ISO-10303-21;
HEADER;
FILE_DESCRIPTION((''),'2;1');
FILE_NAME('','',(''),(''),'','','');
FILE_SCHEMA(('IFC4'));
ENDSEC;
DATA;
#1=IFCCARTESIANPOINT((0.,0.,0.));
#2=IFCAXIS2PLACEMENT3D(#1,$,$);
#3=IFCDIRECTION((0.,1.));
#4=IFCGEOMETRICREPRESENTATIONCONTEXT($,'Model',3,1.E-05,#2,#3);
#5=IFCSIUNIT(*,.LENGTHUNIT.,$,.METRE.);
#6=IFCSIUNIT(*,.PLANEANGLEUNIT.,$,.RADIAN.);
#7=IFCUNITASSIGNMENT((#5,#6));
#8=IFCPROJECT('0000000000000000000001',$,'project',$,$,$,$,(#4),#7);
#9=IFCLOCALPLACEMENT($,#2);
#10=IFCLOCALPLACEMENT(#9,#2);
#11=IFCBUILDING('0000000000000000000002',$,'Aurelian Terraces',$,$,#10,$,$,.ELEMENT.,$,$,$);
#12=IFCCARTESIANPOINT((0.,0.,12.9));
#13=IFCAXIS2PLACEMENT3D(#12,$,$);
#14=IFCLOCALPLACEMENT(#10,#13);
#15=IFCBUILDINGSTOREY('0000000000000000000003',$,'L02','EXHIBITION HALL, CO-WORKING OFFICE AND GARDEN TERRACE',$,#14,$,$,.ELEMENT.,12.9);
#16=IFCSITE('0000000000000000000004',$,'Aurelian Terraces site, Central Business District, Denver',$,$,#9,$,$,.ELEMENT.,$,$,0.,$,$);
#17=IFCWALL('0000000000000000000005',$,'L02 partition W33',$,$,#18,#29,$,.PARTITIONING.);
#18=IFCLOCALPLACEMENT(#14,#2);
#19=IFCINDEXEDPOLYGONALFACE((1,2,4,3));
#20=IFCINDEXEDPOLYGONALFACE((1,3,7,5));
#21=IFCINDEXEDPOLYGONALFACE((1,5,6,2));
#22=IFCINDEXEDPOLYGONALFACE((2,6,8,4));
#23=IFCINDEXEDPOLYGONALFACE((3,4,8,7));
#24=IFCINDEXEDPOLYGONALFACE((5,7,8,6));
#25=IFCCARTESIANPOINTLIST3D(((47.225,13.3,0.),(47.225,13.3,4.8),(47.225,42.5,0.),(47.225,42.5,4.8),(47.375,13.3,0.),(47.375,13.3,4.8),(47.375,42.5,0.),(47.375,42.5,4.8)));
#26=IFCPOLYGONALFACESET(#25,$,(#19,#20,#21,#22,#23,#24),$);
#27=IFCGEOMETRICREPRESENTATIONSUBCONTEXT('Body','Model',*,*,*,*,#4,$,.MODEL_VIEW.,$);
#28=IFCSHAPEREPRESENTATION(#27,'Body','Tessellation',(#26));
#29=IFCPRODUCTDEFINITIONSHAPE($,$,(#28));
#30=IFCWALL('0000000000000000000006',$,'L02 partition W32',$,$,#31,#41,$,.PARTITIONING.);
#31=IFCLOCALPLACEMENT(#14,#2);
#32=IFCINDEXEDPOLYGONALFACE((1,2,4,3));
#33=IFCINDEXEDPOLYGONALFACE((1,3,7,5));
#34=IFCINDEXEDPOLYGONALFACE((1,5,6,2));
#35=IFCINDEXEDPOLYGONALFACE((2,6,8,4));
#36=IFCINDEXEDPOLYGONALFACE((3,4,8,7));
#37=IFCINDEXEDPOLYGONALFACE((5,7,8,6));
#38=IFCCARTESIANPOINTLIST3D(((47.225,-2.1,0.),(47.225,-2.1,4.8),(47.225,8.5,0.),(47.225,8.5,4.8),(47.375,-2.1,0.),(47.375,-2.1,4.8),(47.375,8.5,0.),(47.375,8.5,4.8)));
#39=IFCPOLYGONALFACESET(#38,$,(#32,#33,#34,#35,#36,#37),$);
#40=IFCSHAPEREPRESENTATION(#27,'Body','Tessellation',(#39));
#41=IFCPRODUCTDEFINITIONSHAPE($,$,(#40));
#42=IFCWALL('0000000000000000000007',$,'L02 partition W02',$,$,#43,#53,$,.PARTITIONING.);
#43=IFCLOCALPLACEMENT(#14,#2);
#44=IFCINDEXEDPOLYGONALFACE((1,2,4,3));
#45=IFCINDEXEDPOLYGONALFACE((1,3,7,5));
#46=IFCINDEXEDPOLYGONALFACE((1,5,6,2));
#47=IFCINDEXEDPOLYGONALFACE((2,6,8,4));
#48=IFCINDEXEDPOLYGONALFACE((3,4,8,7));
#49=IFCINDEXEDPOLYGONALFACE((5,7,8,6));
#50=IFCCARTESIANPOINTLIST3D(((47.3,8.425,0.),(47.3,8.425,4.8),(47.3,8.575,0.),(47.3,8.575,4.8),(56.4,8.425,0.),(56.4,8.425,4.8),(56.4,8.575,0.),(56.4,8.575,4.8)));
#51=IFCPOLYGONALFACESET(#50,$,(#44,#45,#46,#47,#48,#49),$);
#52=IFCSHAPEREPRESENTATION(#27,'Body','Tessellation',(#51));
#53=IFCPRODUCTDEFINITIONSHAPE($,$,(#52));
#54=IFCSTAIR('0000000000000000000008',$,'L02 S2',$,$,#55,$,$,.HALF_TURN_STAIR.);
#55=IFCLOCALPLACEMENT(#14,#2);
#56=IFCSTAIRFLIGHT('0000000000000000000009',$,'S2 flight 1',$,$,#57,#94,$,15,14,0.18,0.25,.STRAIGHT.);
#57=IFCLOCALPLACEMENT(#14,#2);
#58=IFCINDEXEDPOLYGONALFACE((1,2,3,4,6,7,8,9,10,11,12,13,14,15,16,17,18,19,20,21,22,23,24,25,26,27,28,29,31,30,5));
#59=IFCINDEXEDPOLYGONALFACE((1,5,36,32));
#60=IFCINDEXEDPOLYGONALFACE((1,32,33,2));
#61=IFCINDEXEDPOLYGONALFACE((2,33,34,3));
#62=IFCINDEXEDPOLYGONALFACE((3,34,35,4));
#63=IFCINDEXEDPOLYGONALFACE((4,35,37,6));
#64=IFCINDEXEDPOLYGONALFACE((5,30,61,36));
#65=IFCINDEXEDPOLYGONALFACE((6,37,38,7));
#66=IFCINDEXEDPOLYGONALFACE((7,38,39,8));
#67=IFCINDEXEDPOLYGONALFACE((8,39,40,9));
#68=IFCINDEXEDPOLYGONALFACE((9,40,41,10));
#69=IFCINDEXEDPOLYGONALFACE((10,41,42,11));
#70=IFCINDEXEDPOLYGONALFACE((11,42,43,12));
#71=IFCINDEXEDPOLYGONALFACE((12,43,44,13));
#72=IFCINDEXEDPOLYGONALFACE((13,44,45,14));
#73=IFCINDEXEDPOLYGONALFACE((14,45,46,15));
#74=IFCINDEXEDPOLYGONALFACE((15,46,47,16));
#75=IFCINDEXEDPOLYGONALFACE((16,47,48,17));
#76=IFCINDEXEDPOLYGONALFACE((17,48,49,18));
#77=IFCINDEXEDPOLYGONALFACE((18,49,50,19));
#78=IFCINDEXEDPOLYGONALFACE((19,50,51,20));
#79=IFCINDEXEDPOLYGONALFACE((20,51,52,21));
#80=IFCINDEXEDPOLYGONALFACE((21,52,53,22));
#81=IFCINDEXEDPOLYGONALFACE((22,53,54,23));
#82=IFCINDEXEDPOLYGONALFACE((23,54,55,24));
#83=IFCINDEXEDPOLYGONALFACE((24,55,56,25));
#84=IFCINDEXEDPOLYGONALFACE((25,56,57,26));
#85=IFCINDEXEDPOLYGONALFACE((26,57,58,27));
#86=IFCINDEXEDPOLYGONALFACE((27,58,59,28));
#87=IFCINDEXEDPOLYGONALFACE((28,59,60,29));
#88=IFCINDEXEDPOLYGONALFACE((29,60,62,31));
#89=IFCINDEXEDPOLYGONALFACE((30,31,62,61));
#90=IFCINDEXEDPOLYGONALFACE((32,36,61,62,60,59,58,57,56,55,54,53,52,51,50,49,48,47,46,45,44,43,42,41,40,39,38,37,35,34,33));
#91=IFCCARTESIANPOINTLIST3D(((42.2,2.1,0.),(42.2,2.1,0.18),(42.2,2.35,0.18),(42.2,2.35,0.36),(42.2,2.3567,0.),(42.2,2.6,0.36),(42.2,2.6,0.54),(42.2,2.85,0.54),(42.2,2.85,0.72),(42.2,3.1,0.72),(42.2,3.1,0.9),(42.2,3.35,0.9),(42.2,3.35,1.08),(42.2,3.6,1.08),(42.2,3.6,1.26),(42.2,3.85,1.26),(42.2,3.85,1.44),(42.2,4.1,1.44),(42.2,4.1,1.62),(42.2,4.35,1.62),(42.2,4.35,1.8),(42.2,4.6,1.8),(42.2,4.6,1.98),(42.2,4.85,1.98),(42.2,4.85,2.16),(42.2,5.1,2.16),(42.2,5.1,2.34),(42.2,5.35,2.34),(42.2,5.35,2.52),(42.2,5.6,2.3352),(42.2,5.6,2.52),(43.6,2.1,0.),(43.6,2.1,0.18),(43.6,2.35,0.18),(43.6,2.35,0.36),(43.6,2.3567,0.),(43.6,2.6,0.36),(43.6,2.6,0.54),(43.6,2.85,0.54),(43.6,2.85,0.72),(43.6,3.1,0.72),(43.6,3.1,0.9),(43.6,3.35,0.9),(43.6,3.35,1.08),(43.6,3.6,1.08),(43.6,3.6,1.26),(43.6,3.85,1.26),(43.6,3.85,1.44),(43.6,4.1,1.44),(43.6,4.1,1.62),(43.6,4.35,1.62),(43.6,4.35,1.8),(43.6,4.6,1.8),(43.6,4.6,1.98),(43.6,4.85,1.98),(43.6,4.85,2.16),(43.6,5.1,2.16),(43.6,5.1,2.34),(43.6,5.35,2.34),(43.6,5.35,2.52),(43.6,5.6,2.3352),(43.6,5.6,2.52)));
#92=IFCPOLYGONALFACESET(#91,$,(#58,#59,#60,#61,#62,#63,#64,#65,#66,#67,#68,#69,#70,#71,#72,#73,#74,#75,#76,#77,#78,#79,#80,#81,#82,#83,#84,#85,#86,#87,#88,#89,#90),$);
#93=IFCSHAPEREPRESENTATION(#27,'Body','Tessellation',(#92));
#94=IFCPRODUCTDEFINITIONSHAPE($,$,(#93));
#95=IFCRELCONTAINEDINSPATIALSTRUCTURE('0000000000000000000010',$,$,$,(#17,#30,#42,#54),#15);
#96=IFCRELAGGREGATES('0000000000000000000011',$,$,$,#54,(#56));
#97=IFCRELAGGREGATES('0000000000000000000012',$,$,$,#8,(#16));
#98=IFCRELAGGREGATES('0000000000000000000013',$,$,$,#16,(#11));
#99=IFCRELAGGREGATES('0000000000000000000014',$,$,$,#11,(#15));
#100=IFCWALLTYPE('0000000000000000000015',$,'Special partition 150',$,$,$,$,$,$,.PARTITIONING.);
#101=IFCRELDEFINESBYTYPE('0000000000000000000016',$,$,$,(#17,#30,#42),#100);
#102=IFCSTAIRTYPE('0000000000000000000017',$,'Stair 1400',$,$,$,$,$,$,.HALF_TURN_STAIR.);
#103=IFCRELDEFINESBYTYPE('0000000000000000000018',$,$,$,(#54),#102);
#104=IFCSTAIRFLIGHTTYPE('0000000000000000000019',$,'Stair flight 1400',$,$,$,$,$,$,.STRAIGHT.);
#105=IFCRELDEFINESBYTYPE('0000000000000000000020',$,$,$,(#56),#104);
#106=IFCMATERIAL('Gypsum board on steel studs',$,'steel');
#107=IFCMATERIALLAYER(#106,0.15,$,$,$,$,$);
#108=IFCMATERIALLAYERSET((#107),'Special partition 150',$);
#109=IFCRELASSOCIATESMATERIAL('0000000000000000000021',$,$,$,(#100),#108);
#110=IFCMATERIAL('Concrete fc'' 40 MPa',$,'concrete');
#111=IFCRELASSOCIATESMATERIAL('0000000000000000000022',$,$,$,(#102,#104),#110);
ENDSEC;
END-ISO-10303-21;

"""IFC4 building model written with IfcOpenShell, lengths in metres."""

from ifc_helpers import new_model, si_unit, direction, frame, frame_2d, origin, place, context, subcontext, project, spatial, polyline, rectangle, outline, extrude, source, transform, mapped, material, layer, layer_set, type_object, element, aggregate, save


model = new_model("IFC4")

# Units and contexts
model_context = context("Model", 3, precision=1e-05, world=origin(), true_north=direction((0.0, 1.0)))
body_context = subcontext(model_context, "Body", "Model", "MODEL_VIEW")
ifc_project = project(units=[si_unit("LENGTHUNIT", "METRE"), si_unit("PLANEANGLEUNIT", "RADIAN")], contexts=[model_context])

# Site, building, storey
site_placement = place(None, origin())
site = spatial("IfcSite", under=ifc_project, at=site_placement, Name="Aurelian Terraces site, Central Business District, Denver", CompositionType="ELEMENT", RefElevation=0.0)
building_placement = place(site_placement, origin())
building = spatial("IfcBuilding", under=site, at=building_placement, Name="Aurelian Terraces", CompositionType="ELEMENT")
storey_placement = place(building_placement, frame((0.0, 0.0, 12.9)))
storey = spatial("IfcBuildingStorey", under=building, at=storey_placement, Name="L02", Description="EXHIBITION HALL, CO-WORKING OFFICE AND GARDEN TERRACE", CompositionType="ELEMENT", Elevation=12.9)

# Shared definitions
ifc_material_1 = material(Name="Concrete fc' 40 MPa", Category="concrete")
ifc_material_2 = material(Name="Gypsum board on steel studs", Category="steel")
ifc_layer_1 = layer(ifc_material_2, 0.15)
ifc_layer_set_1 = layer_set([ifc_layer_1], Name="Special partition 150")
wall_type_1 = type_object("IfcWallType", Name="Special partition 150", PredefinedType="PARTITIONING", material=ifc_layer_set_1)

# Shared definitions
shared_shape_1 = source(origin(), body_context, "Body", "SweptSolid", [
    extrude(rectangle(XDim=29.2, YDim=0.15, at=frame_2d((14.6, 0.0))), origin(), (0.0, 0.0, 1.0), 4.8),
])

# Walls
wall_1_placement = place(storey_placement, frame((47.3, 13.3, 0.0), z_axis=(0.0, 0.0, 1.0), x_axis=(0.0, 1.0, 0.0)))
element("IfcWall", 1, at=wall_1_placement, inside=storey, type_object=wall_type_1, Name="L02 partition W33", PredefinedType="PARTITIONING", context=body_context, shape_type="MappedRepresentation", body=[
    mapped(shared_shape_1, transform((0.0, 0.0, 0.0), scale=1.0)),
])
shared_shape_2 = source(origin(), body_context, "Body", "SweptSolid", [
    extrude(rectangle(XDim=10.6, YDim=0.15, at=frame_2d((5.3, 0.0))), origin(), (0.0, 0.0, 1.0), 4.8),
])
wall_2_placement = place(storey_placement, frame((47.3, -2.1, 0.0), z_axis=(0.0, 0.0, 1.0), x_axis=(0.0, 1.0, 0.0)))
element("IfcWall", 2, at=wall_2_placement, inside=storey, type_object=wall_type_1, Name="L02 partition W32", PredefinedType="PARTITIONING", context=body_context, shape_type="MappedRepresentation", body=[
    mapped(shared_shape_2, transform((0.0, 0.0, 0.0), scale=1.0)),
])
shared_shape_3 = source(origin(), body_context, "Body", "SweptSolid", [
    extrude(rectangle(XDim=9.1, YDim=0.15, at=frame_2d((4.55, 0.0))), origin(), (0.0, 0.0, 1.0), 4.8),
])
wall_3_placement = place(storey_placement, frame((47.3, 8.5, 0.0), z_axis=(0.0, 0.0, 1.0), x_axis=(1.0, 0.0, 0.0)))
element("IfcWall", 3, at=wall_3_placement, inside=storey, type_object=wall_type_1, Name="L02 partition W02", PredefinedType="PARTITIONING", context=body_context, shape_type="MappedRepresentation", body=[
    mapped(shared_shape_3, transform((0.0, 0.0, 0.0), scale=1.0)),
])

# Stair, stair flight
stair_type = type_object("IfcStairType", Name="Stair 1400", PredefinedType="HALF_TURN_STAIR", material=ifc_material_1)
stair_placement = place(storey_placement, origin())
stair = element("IfcStair", 4, at=stair_placement, inside=storey, type_object=stair_type, Name="L02 S2", PredefinedType="HALF_TURN_STAIR")
stair_flight_type = type_object("IfcStairFlightType", Name="Stair flight 1400", PredefinedType="STRAIGHT", material=ifc_material_1)
shared_shape_4 = source(origin(), body_context, "Body", "SweptSolid", [
    extrude(outline(polyline([(0.0, 0.0), (0.0, 0.18), (0.25, 0.18), (0.25, 0.36), (0.5, 0.36), (0.5, 0.54), (0.75, 0.54), (0.75, 0.72), (1.0, 0.72), (1.0, 0.9), (1.25, 0.9), (1.25, 1.08), (1.5, 1.08), (1.5, 1.26), (1.75, 1.26), (1.75, 1.44), (2.0, 1.44), (2.0, 1.62), (2.25, 1.62), (2.25, 1.8), (2.5, 1.8), (2.5, 1.98), (2.75, 1.98), (2.75, 2.16), (3.0, 2.16), (3.0, 2.34), (3.25, 2.34), (3.25, 2.52), (3.5, 2.52), (3.5, 2.7), (3.5, 2.3352), (0.2567, 0.0), (0.0, 0.0)])), frame((0.0, 0.7, 0.0), z_axis=(0.0, -1.0, 0.0), x_axis=(1.0, 0.0, 0.0)), (0.0, 0.0, 1.0), 1.4),
])
stair_flight_placement = place(storey_placement, frame((42.9, 2.1, 0.0), z_axis=(0.0, 0.0, 1.0), x_axis=(0.0, 1.0, 0.0)))
stair_flight = element("IfcStairFlight", 5, at=stair_flight_placement, type_object=stair_flight_type, Name="S2 flight 1", NumberOfRisers=15, NumberOfTreads=14, PredefinedType="STRAIGHT", RiserHeight=0.18, TreadLength=0.25, context=body_context, shape_type="MappedRepresentation", body=[
    mapped(shared_shape_4, transform((0.0, 0.0, 0.0), scale=1.0)),
])
aggregate(stair, [stair_flight])

save(model, "model.ifc")
